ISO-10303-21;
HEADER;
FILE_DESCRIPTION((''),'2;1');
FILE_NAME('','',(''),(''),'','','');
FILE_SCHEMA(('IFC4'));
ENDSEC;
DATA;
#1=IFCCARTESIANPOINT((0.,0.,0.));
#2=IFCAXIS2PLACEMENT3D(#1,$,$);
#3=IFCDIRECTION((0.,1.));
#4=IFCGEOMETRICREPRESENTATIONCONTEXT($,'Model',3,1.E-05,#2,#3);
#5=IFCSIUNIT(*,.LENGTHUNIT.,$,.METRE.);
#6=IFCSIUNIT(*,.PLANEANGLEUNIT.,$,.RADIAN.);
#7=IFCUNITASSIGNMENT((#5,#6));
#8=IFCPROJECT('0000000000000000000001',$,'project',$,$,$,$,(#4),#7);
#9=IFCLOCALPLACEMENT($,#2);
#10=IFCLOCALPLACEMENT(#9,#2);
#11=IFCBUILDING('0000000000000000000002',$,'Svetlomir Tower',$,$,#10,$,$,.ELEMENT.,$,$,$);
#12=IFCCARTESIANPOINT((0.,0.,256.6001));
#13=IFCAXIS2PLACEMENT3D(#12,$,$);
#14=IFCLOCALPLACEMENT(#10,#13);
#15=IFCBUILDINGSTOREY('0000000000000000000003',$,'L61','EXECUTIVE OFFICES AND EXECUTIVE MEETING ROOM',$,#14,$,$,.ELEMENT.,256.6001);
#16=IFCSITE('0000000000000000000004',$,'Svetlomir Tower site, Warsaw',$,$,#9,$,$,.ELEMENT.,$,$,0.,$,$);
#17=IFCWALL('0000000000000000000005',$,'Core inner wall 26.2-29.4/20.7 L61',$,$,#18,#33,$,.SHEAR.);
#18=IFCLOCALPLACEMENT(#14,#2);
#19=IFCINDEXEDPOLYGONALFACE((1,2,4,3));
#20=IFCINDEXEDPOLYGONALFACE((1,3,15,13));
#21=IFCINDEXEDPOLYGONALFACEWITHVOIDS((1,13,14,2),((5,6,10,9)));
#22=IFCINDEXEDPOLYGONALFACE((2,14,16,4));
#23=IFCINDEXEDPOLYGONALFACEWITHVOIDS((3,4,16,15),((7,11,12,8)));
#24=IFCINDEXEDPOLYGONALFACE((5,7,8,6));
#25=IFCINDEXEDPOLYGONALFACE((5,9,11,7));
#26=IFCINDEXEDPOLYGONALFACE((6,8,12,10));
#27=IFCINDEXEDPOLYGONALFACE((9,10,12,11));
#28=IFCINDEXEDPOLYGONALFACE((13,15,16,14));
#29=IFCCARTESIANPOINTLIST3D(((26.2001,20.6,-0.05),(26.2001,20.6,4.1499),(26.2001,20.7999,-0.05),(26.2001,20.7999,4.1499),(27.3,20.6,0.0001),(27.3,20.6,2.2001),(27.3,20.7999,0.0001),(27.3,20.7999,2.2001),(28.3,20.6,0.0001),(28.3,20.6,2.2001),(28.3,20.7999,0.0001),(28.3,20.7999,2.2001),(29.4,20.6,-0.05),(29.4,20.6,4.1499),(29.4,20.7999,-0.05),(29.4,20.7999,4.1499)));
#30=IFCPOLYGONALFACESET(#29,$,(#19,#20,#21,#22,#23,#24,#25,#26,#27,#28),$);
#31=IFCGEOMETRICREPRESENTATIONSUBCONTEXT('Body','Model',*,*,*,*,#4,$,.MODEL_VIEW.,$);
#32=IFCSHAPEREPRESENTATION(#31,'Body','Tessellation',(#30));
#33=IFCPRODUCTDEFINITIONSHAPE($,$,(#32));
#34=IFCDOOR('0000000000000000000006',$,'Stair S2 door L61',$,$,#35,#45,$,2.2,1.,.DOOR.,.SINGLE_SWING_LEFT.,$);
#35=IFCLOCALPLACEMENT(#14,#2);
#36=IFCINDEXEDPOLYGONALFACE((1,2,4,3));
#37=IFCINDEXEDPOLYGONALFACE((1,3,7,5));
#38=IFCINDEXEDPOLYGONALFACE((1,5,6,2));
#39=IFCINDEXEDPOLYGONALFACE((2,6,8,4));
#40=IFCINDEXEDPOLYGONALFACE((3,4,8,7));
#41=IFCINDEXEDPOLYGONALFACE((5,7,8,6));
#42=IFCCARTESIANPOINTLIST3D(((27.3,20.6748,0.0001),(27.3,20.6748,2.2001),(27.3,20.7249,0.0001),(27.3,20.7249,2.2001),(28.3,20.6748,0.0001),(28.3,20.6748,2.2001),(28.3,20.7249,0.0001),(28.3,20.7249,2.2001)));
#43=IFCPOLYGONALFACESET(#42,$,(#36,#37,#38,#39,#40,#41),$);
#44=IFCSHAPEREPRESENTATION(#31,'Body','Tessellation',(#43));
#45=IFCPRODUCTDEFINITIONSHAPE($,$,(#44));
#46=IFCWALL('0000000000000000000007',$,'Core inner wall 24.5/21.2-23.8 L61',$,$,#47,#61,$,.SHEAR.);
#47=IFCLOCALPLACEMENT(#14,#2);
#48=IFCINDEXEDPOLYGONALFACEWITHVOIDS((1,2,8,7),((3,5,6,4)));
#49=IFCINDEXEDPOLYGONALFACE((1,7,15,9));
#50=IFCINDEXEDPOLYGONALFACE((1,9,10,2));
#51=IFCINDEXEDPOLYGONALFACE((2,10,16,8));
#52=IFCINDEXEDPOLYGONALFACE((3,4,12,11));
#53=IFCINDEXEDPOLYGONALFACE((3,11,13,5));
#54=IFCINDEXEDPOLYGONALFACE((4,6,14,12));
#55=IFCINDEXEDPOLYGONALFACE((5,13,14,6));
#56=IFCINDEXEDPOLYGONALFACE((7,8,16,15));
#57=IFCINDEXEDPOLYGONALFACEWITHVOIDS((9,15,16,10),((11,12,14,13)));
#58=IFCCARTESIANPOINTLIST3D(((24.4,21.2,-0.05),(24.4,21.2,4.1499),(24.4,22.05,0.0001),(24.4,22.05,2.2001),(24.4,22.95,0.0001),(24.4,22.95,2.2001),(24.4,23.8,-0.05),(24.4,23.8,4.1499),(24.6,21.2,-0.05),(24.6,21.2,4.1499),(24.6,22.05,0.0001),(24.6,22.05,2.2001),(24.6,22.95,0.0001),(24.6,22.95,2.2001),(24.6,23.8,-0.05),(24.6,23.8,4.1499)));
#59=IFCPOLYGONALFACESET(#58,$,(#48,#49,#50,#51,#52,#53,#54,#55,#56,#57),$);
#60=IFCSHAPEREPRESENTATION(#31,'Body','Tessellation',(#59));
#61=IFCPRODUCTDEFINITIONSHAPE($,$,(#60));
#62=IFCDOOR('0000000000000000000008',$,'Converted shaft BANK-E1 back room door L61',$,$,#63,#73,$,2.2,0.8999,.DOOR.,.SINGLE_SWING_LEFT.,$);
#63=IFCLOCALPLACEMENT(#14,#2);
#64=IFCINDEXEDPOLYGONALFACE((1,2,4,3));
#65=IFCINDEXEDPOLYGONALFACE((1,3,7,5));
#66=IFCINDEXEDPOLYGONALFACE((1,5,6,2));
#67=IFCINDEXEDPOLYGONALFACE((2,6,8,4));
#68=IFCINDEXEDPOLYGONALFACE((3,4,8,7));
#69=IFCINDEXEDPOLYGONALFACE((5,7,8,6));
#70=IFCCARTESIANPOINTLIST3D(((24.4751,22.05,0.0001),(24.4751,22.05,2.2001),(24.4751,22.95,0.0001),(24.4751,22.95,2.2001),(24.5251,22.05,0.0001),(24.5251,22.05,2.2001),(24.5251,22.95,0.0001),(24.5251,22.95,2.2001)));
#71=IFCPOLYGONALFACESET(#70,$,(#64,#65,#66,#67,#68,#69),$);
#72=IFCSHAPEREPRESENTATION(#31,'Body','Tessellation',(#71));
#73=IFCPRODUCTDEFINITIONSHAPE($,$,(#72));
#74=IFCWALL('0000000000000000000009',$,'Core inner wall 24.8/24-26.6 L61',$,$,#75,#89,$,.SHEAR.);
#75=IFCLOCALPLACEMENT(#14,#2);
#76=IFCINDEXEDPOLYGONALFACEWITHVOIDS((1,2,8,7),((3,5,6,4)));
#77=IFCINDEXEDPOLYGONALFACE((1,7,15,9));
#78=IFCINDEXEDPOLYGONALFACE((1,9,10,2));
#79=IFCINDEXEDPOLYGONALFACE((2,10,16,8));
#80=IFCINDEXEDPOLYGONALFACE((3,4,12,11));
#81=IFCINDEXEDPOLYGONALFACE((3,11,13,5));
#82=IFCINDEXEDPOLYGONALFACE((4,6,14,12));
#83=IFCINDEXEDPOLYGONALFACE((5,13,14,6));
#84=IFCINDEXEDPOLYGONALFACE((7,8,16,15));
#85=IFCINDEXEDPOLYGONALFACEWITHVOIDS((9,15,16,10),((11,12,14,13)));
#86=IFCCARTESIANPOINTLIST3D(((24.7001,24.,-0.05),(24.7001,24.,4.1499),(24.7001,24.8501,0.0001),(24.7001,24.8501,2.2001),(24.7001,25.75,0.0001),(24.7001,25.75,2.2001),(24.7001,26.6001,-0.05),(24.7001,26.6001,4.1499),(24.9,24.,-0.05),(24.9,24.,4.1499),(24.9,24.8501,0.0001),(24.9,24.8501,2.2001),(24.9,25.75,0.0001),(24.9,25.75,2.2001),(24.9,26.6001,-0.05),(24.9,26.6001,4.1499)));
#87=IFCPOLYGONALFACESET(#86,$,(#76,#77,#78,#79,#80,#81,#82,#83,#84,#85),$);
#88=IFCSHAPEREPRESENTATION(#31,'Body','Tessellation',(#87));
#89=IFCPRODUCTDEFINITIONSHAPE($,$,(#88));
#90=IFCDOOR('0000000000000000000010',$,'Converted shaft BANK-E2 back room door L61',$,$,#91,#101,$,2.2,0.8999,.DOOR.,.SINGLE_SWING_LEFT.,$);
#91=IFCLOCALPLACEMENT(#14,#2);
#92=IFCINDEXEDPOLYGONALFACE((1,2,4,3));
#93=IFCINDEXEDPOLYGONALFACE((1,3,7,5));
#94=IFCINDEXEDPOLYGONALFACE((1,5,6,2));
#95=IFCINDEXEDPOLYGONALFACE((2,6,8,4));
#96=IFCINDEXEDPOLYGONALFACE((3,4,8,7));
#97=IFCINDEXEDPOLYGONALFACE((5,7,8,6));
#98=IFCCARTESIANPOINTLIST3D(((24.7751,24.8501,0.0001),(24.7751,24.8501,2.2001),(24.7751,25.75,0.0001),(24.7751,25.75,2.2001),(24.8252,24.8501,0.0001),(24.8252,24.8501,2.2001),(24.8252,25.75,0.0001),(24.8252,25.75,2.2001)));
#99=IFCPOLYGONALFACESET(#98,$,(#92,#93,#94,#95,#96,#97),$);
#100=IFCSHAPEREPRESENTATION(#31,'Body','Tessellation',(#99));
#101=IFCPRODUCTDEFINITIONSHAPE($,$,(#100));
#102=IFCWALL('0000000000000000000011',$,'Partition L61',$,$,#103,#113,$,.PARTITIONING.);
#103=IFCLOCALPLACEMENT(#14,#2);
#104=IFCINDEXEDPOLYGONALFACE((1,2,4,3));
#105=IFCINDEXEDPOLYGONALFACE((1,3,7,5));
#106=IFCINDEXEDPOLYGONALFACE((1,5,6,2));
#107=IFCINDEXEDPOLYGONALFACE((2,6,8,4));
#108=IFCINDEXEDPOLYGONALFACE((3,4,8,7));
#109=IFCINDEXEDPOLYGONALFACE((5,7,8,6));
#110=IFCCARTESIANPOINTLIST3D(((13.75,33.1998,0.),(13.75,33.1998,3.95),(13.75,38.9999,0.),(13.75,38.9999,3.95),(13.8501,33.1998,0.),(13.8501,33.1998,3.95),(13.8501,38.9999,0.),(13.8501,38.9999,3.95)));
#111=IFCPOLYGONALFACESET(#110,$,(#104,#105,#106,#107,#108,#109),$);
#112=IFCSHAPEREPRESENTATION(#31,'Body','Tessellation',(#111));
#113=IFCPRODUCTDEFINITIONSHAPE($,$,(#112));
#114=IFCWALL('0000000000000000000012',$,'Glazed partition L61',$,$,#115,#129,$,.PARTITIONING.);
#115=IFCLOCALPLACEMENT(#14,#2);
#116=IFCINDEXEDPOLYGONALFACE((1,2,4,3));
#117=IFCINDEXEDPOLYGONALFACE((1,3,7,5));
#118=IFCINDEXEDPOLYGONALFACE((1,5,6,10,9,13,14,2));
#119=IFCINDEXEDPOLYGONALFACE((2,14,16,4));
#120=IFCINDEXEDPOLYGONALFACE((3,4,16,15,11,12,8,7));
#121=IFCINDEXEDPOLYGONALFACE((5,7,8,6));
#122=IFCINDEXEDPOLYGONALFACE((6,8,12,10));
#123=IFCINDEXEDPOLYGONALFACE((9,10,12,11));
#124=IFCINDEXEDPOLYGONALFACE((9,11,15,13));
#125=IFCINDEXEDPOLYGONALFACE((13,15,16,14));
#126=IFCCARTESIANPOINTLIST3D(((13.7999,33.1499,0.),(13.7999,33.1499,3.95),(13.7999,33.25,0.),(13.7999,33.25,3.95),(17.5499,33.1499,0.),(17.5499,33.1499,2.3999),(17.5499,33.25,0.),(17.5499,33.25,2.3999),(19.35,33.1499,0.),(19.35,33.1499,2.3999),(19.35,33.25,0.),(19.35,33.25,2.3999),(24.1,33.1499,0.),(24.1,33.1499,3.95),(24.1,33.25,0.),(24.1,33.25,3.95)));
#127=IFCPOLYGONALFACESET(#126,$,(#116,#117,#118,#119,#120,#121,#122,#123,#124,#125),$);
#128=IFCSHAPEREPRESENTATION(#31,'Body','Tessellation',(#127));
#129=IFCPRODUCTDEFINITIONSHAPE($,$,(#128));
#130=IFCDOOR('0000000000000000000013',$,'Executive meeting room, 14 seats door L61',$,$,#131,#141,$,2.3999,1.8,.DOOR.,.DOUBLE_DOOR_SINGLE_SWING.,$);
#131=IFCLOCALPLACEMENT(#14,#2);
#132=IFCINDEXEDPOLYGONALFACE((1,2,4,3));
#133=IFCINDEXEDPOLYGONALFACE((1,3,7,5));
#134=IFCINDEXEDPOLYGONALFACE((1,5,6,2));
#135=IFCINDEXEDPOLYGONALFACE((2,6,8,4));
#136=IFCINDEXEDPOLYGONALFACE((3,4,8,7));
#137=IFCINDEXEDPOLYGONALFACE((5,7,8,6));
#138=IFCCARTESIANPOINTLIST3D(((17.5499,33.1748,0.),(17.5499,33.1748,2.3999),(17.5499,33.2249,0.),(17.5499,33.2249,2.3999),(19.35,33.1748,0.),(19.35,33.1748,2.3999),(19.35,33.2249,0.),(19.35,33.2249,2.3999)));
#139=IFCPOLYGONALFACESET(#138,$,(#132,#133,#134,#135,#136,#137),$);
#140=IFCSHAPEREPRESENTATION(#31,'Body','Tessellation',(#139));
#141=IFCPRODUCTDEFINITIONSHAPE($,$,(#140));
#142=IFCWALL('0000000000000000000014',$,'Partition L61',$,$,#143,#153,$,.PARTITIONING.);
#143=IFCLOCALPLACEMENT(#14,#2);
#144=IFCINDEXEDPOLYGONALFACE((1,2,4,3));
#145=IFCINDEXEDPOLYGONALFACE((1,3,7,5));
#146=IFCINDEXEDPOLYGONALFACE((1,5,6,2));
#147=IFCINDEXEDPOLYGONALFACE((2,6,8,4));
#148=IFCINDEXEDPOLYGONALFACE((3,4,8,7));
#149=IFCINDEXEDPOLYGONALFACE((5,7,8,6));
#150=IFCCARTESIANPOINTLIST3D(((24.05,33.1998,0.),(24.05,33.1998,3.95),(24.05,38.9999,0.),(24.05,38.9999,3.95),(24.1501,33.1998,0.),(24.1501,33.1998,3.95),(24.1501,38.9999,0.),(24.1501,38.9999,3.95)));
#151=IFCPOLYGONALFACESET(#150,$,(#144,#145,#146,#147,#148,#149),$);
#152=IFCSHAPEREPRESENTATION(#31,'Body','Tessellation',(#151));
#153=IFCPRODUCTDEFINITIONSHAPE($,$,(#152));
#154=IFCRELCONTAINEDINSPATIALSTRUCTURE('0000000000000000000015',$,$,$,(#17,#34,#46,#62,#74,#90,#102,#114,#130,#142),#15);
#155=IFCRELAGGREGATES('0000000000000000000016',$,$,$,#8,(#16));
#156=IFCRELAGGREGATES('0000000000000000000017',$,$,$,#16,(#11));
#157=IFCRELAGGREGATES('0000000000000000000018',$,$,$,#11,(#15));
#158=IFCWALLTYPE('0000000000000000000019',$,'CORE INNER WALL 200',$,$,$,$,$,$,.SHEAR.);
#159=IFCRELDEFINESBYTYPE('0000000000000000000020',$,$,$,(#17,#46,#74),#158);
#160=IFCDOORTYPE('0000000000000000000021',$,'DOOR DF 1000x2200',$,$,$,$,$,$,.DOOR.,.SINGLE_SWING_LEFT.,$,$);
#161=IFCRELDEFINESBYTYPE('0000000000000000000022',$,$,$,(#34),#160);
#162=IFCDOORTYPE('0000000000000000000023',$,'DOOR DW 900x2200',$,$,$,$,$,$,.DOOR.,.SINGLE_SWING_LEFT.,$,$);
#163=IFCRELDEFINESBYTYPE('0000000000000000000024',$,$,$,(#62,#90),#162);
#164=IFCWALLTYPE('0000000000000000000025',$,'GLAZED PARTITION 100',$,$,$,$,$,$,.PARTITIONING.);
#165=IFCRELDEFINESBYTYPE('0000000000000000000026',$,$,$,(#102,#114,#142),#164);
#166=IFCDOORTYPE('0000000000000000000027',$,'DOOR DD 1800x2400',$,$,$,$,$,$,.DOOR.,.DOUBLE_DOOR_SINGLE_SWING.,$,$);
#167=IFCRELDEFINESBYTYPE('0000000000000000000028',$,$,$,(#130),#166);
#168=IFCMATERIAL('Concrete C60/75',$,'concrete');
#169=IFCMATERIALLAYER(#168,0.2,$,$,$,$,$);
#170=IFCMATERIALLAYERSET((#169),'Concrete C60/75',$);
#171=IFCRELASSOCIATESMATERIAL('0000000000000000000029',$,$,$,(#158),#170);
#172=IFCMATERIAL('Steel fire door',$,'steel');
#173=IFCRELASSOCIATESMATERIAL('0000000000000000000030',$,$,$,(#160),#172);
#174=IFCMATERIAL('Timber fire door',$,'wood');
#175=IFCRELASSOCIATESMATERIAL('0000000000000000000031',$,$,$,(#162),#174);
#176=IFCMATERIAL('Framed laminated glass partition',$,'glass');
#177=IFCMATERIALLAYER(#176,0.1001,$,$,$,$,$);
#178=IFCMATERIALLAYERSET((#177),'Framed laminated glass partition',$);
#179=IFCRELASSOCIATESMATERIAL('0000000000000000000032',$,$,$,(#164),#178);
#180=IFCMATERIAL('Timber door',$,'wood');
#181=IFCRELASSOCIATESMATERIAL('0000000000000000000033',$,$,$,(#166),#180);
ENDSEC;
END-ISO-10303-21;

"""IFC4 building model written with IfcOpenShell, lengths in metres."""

from ifc_helpers import new_model, si_unit, direction, frame, frame_2d, origin, place, context, subcontext, project, spatial, rectangle, extrude, material, layer, layer_set, type_object, element, fill, save


model = new_model("IFC4")

# Units and contexts
model_context = context("Model", 3, precision=1e-05, world=origin(), true_north=direction((0.0, 1.0)))
body_context = subcontext(model_context, "Body", "Model", "MODEL_VIEW")
ifc_project = project(units=[si_unit("LENGTHUNIT", "METRE"), si_unit("PLANEANGLEUNIT", "RADIAN")], contexts=[model_context])

# Site, building, storey
site_placement = place(None, origin())
site = spatial("IfcSite", under=ifc_project, at=site_placement, Name="Svetlomir Tower site, Warsaw", CompositionType="ELEMENT", RefElevation=0.0)
building_placement = place(site_placement, origin())
building = spatial("IfcBuilding", under=site, at=building_placement, Name="Svetlomir Tower", CompositionType="ELEMENT")
storey_placement = place(building_placement, frame((0.0, 0.0, 256.6001)))
storey = spatial("IfcBuildingStorey", under=building, at=storey_placement, Name="L61", Description="EXECUTIVE OFFICES AND EXECUTIVE MEETING ROOM", CompositionType="ELEMENT", Elevation=256.6001)

# Shared definitions
ifc_material_1 = material(Name="Concrete C60/75", Category="concrete")
ifc_layer_1 = layer(ifc_material_1, 0.2)
ifc_layer_set_1 = layer_set([ifc_layer_1], Name="Concrete C60/75")
wall_type_1 = type_object("IfcWallType", Name="CORE INNER WALL 200", PredefinedType="SHEAR", material=ifc_layer_set_1)

# Walls, openings, doors
wall_1_placement = place(storey_placement, frame((26.2, 20.7, -0.05), z_axis=(0.0, 0.0, 1.0), x_axis=(1.0, 0.0, 0.0)))
wall_1 = element("IfcWall", 1, at=wall_1_placement, inside=storey, type_object=wall_type_1, Name="Core inner wall 26.2-29.4/20.7 L61", PredefinedType="SHEAR", context=body_context, shape_type="SweptSolid", body=[
    extrude(rectangle(XDim=3.2, YDim=0.2, at=frame_2d((1.6001, 0.0))), origin(), (0.0, 0.0, 1.0), 4.2),
])
opening_1_placement = place(wall_1_placement, frame((1.1001, 0.0, 0.05)))
opening_1 = element("IfcOpeningElement", 2, at=opening_1_placement, cuts=wall_1, PredefinedType="OPENING", context=body_context, shape_type="SweptSolid", body=[
    extrude(rectangle(XDim=1.0, YDim=2.2, at=frame_2d((0.5, 1.1001))), frame((0.0, 0.1099, 0.0), z_axis=(0.0, -1.0, 0.0), x_axis=(1.0, 0.0, 0.0)), (0.0, 0.0, 1.0), 0.22),
])
ifc_material_2 = material(Name="Steel fire door", Category="steel")
door_type_1 = type_object("IfcDoorType", Name="DOOR DF 1000x2200", OperationType="SINGLE_SWING_LEFT", PredefinedType="DOOR", material=ifc_material_2)
door_1_placement = place(opening_1_placement, origin())
door_1 = element("IfcDoor", 3, at=door_1_placement, inside=storey, type_object=door_type_1, Name="Stair S2 door L61", OperationType="SINGLE_SWING_LEFT", OverallHeight=2.2, OverallWidth=1.0, PredefinedType="DOOR", context=body_context, shape_type="SweptSolid", body=[
    extrude(rectangle(XDim=1.0, YDim=2.2, at=frame_2d((0.5, 1.1001))), frame((0.0, 0.0249, 0.0), z_axis=(0.0, -1.0, 0.0), x_axis=(1.0, 0.0, 0.0)), (0.0, 0.0, 1.0), 0.05),
])
fill(opening_1, door_1)
wall_2_placement = place(storey_placement, frame((24.5, 21.2, -0.05), z_axis=(0.0, 0.0, 1.0), x_axis=(0.0, 1.0, 0.0)))
wall_2 = element("IfcWall", 4, at=wall_2_placement, inside=storey, type_object=wall_type_1, Name="Core inner wall 24.5/21.2-23.8 L61", PredefinedType="SHEAR", context=body_context, shape_type="SweptSolid", body=[
    extrude(rectangle(XDim=2.6001, YDim=0.2, at=frame_2d((1.3, 0.0))), origin(), (0.0, 0.0, 1.0), 4.2),
])
opening_2_placement = place(wall_2_placement, frame((0.8501, 0.0, 0.05)))
opening_2 = element("IfcOpeningElement", 5, at=opening_2_placement, cuts=wall_2, PredefinedType="OPENING", context=body_context, shape_type="SweptSolid", body=[
    extrude(rectangle(XDim=0.8999, YDim=2.2, at=frame_2d((0.45, 1.1001))), frame((0.0, 0.1099, 0.0), z_axis=(0.0, -1.0, 0.0), x_axis=(1.0, 0.0, 0.0)), (0.0, 0.0, 1.0), 0.22),
])
ifc_material_3 = material(Name="Timber fire door", Category="wood")
door_type_2 = type_object("IfcDoorType", Name="DOOR DW 900x2200", OperationType="SINGLE_SWING_LEFT", PredefinedType="DOOR", material=ifc_material_3)
door_2_placement = place(opening_2_placement, origin())
door_2 = element("IfcDoor", 6, at=door_2_placement, inside=storey, type_object=door_type_2, Name="Converted shaft BANK-E1 back room door L61", OperationType="SINGLE_SWING_LEFT", OverallHeight=2.2, OverallWidth=0.8999, PredefinedType="DOOR", context=body_context, shape_type="SweptSolid", body=[
    extrude(rectangle(XDim=0.8999, YDim=2.2, at=frame_2d((0.45, 1.1001))), frame((0.0, 0.0249, 0.0), z_axis=(0.0, -1.0, 0.0), x_axis=(1.0, 0.0, 0.0)), (0.0, 0.0, 1.0), 0.05),
])
fill(opening_2, door_2)
wall_3_placement = place(storey_placement, frame((24.8, 24.0, -0.05), z_axis=(0.0, 0.0, 1.0), x_axis=(0.0, 1.0, 0.0)))
wall_3 = element("IfcWall", 7, at=wall_3_placement, inside=storey, type_object=wall_type_1, Name="Core inner wall 24.8/24-26.6 L61", PredefinedType="SHEAR", context=body_context, shape_type="SweptSolid", body=[
    extrude(rectangle(XDim=2.6001, YDim=0.2, at=frame_2d((1.3, 0.0))), origin(), (0.0, 0.0, 1.0), 4.2),
])
opening_3_placement = place(wall_3_placement, frame((0.8501, 0.0, 0.05)))
opening_3 = element("IfcOpeningElement", 8, at=opening_3_placement, cuts=wall_3, PredefinedType="OPENING", context=body_context, shape_type="SweptSolid", body=[
    extrude(rectangle(XDim=0.8999, YDim=2.2, at=frame_2d((0.45, 1.1001))), frame((0.0, 0.1099, 0.0), z_axis=(0.0, -1.0, 0.0), x_axis=(1.0, 0.0, 0.0)), (0.0, 0.0, 1.0), 0.22),
])
door_3_placement = place(opening_3_placement, origin())
door_3 = element("IfcDoor", 9, at=door_3_placement, inside=storey, type_object=door_type_2, Name="Converted shaft BANK-E2 back room door L61", OperationType="SINGLE_SWING_LEFT", OverallHeight=2.2, OverallWidth=0.8999, PredefinedType="DOOR", context=body_context, shape_type="SweptSolid", body=[
    extrude(rectangle(XDim=0.8999, YDim=2.2, at=frame_2d((0.45, 1.1001))), frame((0.0, 0.0249, 0.0), z_axis=(0.0, -1.0, 0.0), x_axis=(1.0, 0.0, 0.0)), (0.0, 0.0, 1.0), 0.05),
])
fill(opening_3, door_3)

# Wall
ifc_material_4 = material(Name="Framed laminated glass partition", Category="glass")
ifc_layer_2 = layer(ifc_material_4, 0.1001)
ifc_layer_set_2 = layer_set([ifc_layer_2], Name="Framed laminated glass partition")
wall_type_2 = type_object("IfcWallType", Name="GLAZED PARTITION 100", PredefinedType="PARTITIONING", material=ifc_layer_set_2)
wall_4_placement = place(storey_placement, frame((13.8, 33.2, 0.0), z_axis=(0.0, 0.0, 1.0), x_axis=(0.0, 1.0, 0.0)))
element("IfcWall", 10, at=wall_4_placement, inside=storey, type_object=wall_type_2, Name="Partition L61", PredefinedType="PARTITIONING", context=body_context, shape_type="SweptSolid", body=[
    extrude(rectangle(XDim=5.8, YDim=0.1001, at=frame_2d((2.8999, 0.0))), origin(), (0.0, 0.0, 1.0), 3.95),
])

# Wall, opening, door
wall_5_placement = place(storey_placement, frame((13.8, 33.2, 0.0), z_axis=(0.0, 0.0, 1.0), x_axis=(1.0, 0.0, 0.0)))
wall_5 = element("IfcWall", 11, at=wall_5_placement, inside=storey, type_object=wall_type_2, Name="Glazed partition L61", PredefinedType="PARTITIONING", context=body_context, shape_type="SweptSolid", body=[
    extrude(rectangle(XDim=10.3, YDim=0.1001, at=frame_2d((5.1499, 0.0))), origin(), (0.0, 0.0, 1.0), 3.95),
])
opening_4_placement = place(wall_5_placement, frame((3.75, 0.0, 0.0)))
opening_4 = element("IfcOpeningElement", 12, at=opening_4_placement, cuts=wall_5, PredefinedType="OPENING", context=body_context, shape_type="SweptSolid", body=[
    extrude(rectangle(XDim=1.8, YDim=2.3999, at=frame_2d((0.8999, 1.2))), frame((0.0, 0.0601, 0.0), z_axis=(0.0, -1.0, 0.0), x_axis=(1.0, 0.0, 0.0)), (0.0, 0.0, 1.0), 0.1201),
])
ifc_material_5 = material(Name="Timber door", Category="wood")
door_type_3 = type_object("IfcDoorType", Name="DOOR DD 1800x2400", OperationType="DOUBLE_DOOR_SINGLE_SWING", PredefinedType="DOOR", material=ifc_material_5)
door_4_placement = place(opening_4_placement, origin())
door_4 = element("IfcDoor", 13, at=door_4_placement, inside=storey, type_object=door_type_3, Name="Executive meeting room, 14 seats door L61", OperationType="DOUBLE_DOOR_SINGLE_SWING", OverallHeight=2.3999, OverallWidth=1.8, PredefinedType="DOOR", context=body_context, shape_type="SweptSolid", body=[
    extrude(rectangle(XDim=1.8, YDim=2.3999, at=frame_2d((0.8999, 1.2))), frame((0.0, 0.0249, 0.0), z_axis=(0.0, -1.0, 0.0), x_axis=(1.0, 0.0, 0.0)), (0.0, 0.0, 1.0), 0.05),
])
fill(opening_4, door_4)

# Wall
wall_6_placement = place(storey_placement, frame((24.1001, 33.2, 0.0), z_axis=(0.0, 0.0, 1.0), x_axis=(0.0, 1.0, 0.0)))
element("IfcWall", 14, at=wall_6_placement, inside=storey, type_object=wall_type_2, Name="Partition L61", PredefinedType="PARTITIONING", context=body_context, shape_type="SweptSolid", body=[
    extrude(rectangle(XDim=5.8, YDim=0.1001, at=frame_2d((2.8999, 0.0))), origin(), (0.0, 0.0, 1.0), 3.95),
])

save(model, "model.ifc")
